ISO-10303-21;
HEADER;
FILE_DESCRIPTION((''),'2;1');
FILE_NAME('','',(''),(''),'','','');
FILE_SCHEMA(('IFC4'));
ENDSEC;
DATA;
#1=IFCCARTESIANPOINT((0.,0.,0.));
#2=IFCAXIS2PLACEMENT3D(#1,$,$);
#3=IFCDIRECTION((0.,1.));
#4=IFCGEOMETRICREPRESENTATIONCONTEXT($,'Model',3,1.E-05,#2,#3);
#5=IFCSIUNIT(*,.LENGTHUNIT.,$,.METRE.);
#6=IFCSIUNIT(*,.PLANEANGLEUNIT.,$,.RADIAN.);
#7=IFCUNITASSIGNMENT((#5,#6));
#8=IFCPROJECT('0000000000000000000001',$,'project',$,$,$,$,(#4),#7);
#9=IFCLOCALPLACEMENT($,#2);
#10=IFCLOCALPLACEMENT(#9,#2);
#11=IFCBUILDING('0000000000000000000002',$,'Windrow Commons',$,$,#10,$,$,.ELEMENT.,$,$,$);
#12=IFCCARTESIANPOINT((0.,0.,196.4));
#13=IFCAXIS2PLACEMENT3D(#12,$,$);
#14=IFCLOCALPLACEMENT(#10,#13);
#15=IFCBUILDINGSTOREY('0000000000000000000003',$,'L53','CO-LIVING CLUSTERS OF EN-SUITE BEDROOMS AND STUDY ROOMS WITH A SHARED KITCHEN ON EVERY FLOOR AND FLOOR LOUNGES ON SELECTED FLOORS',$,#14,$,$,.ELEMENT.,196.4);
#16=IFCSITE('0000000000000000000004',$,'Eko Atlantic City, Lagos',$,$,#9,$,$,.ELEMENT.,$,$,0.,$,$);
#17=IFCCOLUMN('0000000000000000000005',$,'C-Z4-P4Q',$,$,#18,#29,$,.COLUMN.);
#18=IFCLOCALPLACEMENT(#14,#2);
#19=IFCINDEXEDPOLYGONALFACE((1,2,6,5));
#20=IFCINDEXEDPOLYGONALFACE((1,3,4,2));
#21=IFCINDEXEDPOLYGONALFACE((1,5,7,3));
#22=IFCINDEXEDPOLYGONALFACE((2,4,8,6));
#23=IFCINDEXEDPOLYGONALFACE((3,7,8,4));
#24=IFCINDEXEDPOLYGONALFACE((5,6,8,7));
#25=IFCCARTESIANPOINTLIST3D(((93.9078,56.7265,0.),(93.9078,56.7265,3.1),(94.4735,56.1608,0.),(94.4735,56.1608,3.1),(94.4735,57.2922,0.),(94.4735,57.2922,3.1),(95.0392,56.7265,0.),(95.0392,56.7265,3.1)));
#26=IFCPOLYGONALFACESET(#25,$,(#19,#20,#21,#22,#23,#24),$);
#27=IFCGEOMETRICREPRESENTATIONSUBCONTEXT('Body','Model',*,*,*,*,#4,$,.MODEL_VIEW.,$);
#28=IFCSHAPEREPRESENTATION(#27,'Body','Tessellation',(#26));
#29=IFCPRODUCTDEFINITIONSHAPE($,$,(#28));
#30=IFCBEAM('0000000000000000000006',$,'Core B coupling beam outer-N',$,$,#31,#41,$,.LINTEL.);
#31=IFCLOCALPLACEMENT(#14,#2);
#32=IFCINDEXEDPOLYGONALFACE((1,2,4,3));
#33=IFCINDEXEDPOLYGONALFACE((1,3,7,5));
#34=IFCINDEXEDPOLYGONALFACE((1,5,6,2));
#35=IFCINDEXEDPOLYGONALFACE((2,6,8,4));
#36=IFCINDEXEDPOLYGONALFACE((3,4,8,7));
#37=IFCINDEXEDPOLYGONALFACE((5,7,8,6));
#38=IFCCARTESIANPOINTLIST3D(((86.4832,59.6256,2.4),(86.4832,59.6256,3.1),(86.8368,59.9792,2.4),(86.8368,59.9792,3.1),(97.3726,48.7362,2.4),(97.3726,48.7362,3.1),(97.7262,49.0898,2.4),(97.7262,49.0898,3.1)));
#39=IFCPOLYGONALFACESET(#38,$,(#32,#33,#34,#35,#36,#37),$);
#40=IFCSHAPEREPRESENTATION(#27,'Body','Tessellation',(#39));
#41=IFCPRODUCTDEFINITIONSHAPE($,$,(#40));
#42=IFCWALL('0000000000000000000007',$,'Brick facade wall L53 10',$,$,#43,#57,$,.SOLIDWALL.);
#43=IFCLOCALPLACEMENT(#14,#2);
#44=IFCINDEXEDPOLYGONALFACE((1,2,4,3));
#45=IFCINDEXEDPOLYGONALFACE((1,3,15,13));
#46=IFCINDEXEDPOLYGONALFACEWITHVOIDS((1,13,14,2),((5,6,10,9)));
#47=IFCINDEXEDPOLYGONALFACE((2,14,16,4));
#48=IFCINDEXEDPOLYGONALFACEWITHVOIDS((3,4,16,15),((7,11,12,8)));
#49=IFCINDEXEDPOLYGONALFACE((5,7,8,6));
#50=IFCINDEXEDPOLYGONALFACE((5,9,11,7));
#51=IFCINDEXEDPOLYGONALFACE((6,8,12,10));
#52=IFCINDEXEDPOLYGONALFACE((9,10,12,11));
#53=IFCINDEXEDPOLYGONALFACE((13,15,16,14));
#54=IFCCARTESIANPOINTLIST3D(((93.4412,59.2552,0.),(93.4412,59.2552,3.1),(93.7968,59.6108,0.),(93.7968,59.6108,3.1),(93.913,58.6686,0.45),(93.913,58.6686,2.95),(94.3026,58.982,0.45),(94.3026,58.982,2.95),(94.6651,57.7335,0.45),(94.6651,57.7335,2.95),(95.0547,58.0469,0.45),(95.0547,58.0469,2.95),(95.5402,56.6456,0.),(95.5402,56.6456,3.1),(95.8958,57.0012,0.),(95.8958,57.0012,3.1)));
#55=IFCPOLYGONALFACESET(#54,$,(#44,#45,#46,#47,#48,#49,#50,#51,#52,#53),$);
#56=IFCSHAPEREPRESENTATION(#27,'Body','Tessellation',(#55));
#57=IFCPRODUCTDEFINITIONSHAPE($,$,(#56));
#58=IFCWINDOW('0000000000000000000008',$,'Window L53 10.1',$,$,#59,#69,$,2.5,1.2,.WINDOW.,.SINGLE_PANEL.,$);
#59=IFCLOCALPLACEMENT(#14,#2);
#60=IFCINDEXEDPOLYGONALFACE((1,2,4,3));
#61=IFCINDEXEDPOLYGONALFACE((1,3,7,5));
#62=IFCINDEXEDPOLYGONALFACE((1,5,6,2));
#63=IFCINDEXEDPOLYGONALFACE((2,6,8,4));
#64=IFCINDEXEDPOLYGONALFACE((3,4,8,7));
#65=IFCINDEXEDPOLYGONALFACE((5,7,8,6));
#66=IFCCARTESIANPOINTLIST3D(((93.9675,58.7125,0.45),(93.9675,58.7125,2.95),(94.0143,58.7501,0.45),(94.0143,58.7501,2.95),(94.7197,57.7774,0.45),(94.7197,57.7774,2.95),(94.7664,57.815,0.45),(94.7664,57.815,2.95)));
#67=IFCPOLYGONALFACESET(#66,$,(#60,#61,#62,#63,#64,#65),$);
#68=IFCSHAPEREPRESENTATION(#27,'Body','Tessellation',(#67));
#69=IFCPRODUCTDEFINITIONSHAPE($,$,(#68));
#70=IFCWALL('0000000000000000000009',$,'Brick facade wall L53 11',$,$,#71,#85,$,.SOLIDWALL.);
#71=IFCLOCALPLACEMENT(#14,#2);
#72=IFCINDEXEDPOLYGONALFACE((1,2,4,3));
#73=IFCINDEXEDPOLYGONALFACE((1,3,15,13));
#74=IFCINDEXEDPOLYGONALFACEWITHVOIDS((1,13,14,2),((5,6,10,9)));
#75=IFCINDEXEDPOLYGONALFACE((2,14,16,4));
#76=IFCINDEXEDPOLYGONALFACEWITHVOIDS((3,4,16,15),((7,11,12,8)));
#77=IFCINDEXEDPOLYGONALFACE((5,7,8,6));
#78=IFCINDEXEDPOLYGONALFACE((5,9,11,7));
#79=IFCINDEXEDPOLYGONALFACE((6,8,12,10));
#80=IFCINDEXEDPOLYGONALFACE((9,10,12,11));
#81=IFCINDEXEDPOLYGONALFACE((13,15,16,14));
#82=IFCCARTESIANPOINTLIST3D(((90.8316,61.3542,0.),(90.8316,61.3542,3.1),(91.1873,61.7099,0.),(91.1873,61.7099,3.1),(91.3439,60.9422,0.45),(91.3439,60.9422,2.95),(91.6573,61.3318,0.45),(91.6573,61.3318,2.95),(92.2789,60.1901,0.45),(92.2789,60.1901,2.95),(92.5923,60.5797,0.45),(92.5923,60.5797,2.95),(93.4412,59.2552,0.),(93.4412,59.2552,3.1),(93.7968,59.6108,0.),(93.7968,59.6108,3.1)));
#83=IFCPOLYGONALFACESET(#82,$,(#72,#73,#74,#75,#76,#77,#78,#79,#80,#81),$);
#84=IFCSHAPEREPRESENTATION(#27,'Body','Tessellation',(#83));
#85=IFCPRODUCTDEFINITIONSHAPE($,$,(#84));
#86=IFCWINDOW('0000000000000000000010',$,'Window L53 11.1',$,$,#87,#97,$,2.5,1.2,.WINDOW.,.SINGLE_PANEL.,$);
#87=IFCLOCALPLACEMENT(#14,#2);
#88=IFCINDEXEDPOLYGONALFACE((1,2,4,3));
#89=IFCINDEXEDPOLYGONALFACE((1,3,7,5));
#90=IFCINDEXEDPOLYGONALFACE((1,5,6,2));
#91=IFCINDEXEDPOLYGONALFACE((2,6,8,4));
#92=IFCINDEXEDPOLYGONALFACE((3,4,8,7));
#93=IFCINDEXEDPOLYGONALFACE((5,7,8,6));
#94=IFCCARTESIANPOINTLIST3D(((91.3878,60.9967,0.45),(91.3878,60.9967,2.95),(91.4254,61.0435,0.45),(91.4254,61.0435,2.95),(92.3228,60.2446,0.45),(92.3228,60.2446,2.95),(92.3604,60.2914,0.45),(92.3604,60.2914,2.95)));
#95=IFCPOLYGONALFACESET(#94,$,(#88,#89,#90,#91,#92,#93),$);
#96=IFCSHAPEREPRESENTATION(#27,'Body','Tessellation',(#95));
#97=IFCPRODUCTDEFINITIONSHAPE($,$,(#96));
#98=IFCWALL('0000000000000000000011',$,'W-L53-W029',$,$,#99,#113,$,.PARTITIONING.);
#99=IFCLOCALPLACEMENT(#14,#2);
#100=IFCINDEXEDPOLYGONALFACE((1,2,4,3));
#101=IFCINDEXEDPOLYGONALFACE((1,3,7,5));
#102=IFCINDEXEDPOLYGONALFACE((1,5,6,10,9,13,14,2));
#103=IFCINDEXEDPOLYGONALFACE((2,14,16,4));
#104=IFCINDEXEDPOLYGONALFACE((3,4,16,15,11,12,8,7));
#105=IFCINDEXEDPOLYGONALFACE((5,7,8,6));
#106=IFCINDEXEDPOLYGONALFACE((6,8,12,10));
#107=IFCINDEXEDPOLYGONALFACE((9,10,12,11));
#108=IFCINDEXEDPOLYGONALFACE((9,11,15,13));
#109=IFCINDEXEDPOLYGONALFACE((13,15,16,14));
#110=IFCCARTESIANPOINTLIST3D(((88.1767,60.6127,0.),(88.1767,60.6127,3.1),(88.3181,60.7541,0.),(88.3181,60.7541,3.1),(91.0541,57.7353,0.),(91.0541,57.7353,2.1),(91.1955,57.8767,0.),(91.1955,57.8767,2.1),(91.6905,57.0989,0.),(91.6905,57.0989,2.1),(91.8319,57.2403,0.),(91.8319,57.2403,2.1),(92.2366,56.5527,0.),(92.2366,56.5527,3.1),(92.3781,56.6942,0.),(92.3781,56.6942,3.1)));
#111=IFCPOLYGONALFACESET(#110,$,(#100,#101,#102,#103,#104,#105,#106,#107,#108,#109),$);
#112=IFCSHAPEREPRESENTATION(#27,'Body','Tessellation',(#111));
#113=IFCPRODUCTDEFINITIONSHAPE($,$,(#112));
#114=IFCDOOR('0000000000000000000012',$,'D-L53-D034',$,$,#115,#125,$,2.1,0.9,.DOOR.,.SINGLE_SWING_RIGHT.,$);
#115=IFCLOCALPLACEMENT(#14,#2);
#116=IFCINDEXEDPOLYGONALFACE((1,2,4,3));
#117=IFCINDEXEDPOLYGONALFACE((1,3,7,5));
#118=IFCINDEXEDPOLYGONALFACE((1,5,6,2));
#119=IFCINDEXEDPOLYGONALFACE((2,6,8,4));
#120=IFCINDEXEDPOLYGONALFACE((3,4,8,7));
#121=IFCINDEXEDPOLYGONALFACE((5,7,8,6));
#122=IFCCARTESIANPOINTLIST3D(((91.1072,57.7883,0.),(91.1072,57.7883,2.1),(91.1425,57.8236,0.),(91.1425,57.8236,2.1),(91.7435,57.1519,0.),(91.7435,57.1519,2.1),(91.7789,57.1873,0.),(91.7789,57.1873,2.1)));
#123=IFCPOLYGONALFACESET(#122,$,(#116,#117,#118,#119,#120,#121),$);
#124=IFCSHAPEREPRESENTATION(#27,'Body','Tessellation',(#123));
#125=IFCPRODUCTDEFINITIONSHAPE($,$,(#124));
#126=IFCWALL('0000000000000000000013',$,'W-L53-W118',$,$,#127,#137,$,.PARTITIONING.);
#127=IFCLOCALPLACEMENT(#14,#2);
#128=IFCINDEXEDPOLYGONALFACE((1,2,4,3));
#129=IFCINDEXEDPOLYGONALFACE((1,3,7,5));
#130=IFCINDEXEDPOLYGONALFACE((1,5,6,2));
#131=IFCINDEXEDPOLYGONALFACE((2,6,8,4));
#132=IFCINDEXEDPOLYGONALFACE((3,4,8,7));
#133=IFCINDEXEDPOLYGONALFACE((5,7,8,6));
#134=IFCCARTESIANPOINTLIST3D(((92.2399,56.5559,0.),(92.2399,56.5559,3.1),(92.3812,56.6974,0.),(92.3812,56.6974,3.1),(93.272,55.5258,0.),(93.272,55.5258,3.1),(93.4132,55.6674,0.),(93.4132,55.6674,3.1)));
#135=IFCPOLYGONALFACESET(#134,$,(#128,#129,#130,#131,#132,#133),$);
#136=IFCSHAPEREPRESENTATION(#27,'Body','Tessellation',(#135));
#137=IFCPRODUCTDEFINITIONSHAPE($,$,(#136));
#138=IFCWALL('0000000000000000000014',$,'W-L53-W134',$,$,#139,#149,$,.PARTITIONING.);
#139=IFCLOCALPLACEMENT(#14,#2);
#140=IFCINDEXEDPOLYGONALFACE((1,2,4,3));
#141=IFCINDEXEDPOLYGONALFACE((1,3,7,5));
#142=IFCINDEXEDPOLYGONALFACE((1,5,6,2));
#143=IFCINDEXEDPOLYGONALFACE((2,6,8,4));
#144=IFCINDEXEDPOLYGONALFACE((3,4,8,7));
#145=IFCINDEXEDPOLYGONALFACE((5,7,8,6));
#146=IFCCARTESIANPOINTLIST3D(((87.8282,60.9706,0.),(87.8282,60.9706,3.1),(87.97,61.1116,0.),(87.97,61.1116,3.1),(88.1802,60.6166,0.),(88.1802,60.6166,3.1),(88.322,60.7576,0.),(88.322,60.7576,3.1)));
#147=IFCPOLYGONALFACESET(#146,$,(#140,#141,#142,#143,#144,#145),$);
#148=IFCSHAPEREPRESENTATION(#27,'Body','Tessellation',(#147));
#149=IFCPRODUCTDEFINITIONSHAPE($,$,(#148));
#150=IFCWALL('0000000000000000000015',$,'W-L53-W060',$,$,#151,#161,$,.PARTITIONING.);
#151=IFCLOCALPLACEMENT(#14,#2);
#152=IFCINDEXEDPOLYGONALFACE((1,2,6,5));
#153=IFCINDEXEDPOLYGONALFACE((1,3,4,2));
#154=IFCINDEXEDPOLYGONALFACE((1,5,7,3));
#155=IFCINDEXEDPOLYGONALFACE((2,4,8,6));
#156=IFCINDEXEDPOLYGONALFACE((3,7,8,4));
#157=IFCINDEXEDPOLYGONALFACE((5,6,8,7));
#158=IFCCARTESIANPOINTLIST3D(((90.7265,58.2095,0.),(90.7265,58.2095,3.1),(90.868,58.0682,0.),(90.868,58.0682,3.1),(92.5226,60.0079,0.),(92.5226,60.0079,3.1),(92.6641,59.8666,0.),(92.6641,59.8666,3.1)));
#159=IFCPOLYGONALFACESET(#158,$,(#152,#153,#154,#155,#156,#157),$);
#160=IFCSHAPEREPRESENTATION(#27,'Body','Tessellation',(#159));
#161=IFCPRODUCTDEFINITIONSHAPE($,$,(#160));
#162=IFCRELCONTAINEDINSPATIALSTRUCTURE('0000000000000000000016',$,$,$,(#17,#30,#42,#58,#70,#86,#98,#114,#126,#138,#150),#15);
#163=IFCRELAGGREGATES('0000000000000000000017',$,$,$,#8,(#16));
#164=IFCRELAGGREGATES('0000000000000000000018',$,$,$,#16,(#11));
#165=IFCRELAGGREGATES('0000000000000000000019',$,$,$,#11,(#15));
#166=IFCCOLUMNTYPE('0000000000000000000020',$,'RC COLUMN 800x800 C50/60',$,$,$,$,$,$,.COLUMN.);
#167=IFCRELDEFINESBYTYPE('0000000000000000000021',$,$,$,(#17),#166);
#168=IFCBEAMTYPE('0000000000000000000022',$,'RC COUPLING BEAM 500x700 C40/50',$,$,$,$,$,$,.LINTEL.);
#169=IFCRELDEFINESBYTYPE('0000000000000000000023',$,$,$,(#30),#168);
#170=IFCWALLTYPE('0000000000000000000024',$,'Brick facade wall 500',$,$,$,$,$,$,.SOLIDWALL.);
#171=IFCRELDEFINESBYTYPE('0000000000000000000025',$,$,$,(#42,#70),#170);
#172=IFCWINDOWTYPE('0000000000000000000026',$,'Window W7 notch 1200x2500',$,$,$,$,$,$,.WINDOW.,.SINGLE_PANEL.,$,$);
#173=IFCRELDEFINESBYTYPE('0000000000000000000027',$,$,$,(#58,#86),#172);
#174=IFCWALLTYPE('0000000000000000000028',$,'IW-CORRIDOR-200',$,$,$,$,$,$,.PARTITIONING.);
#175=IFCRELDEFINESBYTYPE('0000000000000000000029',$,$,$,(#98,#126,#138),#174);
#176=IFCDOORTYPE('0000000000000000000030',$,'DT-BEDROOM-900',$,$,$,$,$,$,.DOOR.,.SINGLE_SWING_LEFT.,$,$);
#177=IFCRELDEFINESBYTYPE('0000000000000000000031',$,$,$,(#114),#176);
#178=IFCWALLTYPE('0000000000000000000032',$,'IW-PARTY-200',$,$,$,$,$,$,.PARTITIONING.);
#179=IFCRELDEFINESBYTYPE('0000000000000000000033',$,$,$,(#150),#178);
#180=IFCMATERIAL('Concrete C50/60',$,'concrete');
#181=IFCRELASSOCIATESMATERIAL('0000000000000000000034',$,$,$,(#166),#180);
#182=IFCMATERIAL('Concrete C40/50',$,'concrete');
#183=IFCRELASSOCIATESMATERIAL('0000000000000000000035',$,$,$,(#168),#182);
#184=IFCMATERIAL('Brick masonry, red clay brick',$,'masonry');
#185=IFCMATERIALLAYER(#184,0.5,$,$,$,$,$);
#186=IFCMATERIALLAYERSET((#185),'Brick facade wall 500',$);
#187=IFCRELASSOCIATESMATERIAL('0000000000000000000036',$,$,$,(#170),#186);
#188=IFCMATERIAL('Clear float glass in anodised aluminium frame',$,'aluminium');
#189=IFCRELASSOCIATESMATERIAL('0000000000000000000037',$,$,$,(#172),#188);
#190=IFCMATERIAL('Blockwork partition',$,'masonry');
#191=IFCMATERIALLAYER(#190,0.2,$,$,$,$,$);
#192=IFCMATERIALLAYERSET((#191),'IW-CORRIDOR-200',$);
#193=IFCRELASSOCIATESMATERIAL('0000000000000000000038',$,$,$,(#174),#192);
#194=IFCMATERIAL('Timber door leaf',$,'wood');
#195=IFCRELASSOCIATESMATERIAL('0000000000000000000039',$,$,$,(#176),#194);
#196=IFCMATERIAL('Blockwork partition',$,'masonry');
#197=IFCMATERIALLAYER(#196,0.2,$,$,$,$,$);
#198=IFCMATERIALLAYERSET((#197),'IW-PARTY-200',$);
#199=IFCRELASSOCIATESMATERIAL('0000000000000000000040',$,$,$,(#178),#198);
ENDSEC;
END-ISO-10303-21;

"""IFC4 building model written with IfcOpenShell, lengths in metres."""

from ifc_helpers import new_model, si_unit, direction, frame, frame_2d, origin, origin_2d, place, context, subcontext, project, spatial, polyline, rectangle, outline, extrude, material, layer, layer_set, material_profile, profile_set, type_object, element, fill, save


model = new_model("IFC4")

# Units and contexts
model_context = context("Model", 3, precision=1e-05, world=origin(), true_north=direction((0.0, 1.0)))
body_context = subcontext(model_context, "Body", "Model", "MODEL_VIEW")
ifc_project = project(units=[si_unit("LENGTHUNIT", "METRE"), si_unit("PLANEANGLEUNIT", "RADIAN")], contexts=[model_context])

# Site, building, storey
site_placement = place(None, origin())
site = spatial("IfcSite", under=ifc_project, at=site_placement, Name="Eko Atlantic City, Lagos", CompositionType="ELEMENT", RefElevation=0.0)
building_placement = place(site_placement, origin())
building = spatial("IfcBuilding", under=site, at=building_placement, Name="Windrow Commons", CompositionType="ELEMENT")
storey_placement = place(building_placement, frame((0.0, 0.0, 196.4)))
storey = spatial("IfcBuildingStorey", under=building, at=storey_placement, Name="L53", Description="CO-LIVING CLUSTERS OF EN-SUITE BEDROOMS AND STUDY ROOMS WITH A SHARED KITCHEN ON EVERY FLOOR AND FLOOR LOUNGES ON SELECTED FLOORS", CompositionType="ELEMENT", Elevation=196.4)

# Column
ifc_material_1 = material(Name="Concrete C50/60", Category="concrete")
ifc_material_profile_1 = material_profile(ifc_material_1, rectangle(XDim=0.8, YDim=0.8, at=origin_2d()))
ifc_profile_set_1 = profile_set([ifc_material_profile_1], Name="Concrete C50/60")
column_type = type_object("IfcColumnType", Name="RC COLUMN 800x800 C50/60", PredefinedType="COLUMN", material=ifc_profile_set_1)
column_placement = place(storey_placement, frame((94.4735, 56.7265, 0.0), z_axis=(0.0, 0.0, 1.0), x_axis=(0.707107, -0.707107, 0.0)))
element("IfcColumn", 1, at=column_placement, inside=storey, type_object=column_type, Name="C-Z4-P4Q", PredefinedType="COLUMN", context=body_context, shape_type="SweptSolid", body=[
    extrude(rectangle(XDim=0.8, YDim=0.8, at=origin_2d()), origin(), (0.0, 0.0, 1.0), 3.1),
])

# Beam
ifc_material_2 = material(Name="Concrete C40/50", Category="concrete")
ifc_material_profile_2 = material_profile(ifc_material_2, rectangle(XDim=0.5, YDim=0.7, at=origin_2d()))
ifc_profile_set_2 = profile_set([ifc_material_profile_2], Name="Concrete C40/50")
beam_type = type_object("IfcBeamType", Name="RC COUPLING BEAM 500x700 C40/50", PredefinedType="LINTEL", material=ifc_profile_set_2)
beam_placement = place(storey_placement, frame((86.66, 59.8024, 2.75), z_axis=(0.707107, -0.707107, 0.0), x_axis=(0.707107, 0.707107, 0.0)))
element("IfcBeam", 2, at=beam_placement, inside=storey, type_object=beam_type, Name="Core B coupling beam outer-N", PredefinedType="LINTEL", context=body_context, shape_type="SweptSolid", body=[
    extrude(rectangle(XDim=0.5, YDim=0.7, at=origin_2d()), origin(), (0.0, 0.0, 1.0), 15.3999),
])

# Walls, openings, windows
ifc_material_3 = material(Name="Brick masonry, red clay brick", Category="masonry")
ifc_layer_1 = layer(ifc_material_3, 0.5)
ifc_layer_set_1 = layer_set([ifc_layer_1], Name="Brick facade wall 500")
wall_type_1 = type_object("IfcWallType", Name="Brick facade wall 500", PredefinedType="SOLIDWALL", material=ifc_layer_set_1)
wall_1_placement = place(storey_placement, frame((95.718, 56.8234, 0.0), z_axis=(0.0, 0.0, 1.0), x_axis=(-0.626754, 0.779217, 0.0)))
wall_1 = element("IfcWall", 3, at=wall_1_placement, inside=storey, type_object=wall_type_1, Name="Brick facade wall L53 10", PredefinedType="SOLIDWALL", context=body_context, shape_type="SweptSolid", body=[
    extrude(outline(polyline([(0.0271, -0.25), (3.3761, -0.25), (3.3219, 0.25), (-0.0271, 0.25), (0.0271, -0.25)])), origin(), (0.0, 0.0, 1.0), 3.1),
])
opening_1_placement = place(wall_1_placement, frame((1.3691, 0.0, 0.45)))
opening_1 = element("IfcOpeningElement", 4, at=opening_1_placement, cuts=wall_1, PredefinedType="OPENING", context=body_context, shape_type="SweptSolid", body=[
    extrude(rectangle(XDim=1.2, YDim=2.5, at=frame_2d((0.6, 1.25))), frame((0.0, 0.26, 0.0), z_axis=(0.0, -1.0, 0.0), x_axis=(1.0, 0.0, 0.0)), (0.0, 0.0, 1.0), 0.52),
])
ifc_material_4 = material(Name="Clear float glass in anodised aluminium frame", Category="aluminium")
window_type = type_object("IfcWindowType", Name="Window W7 notch 1200x2500", PartitioningType="SINGLE_PANEL", PredefinedType="WINDOW", material=ifc_material_4)
window_1_placement = place(opening_1_placement, origin())
window_1 = element("IfcWindow", 5, at=window_1_placement, inside=storey, type_object=window_type, Name="Window L53 10.1", OverallHeight=2.5, OverallWidth=1.2, PartitioningType="SINGLE_PANEL", PredefinedType="WINDOW", context=body_context, shape_type="SweptSolid", body=[
    extrude(rectangle(XDim=1.2, YDim=2.5, at=frame_2d((0.6, 1.25))), frame((0.0, 0.18, 0.0), z_axis=(0.0, -1.0, 0.0), x_axis=(1.0, 0.0, 0.0)), (0.0, 0.0, 1.0), 0.06),
])
fill(opening_1, window_1)
wall_2_placement = place(storey_placement, frame((93.619, 59.433, 0.0), z_axis=(0.0, 0.0, 1.0), x_axis=(-0.779203, 0.626772, 0.0)))
wall_2 = element("IfcWall", 6, at=wall_2_placement, inside=storey, type_object=wall_type_1, Name="Brick facade wall L53 11", PredefinedType="SOLIDWALL", context=body_context, shape_type="SweptSolid", body=[
    extrude(outline(polyline([(-0.0271, -0.25), (3.3219, -0.25), (3.3761, 0.25), (0.0271, 0.25), (-0.0271, -0.25)])), origin(), (0.0, 0.0, 1.0), 3.1),
])
opening_2_placement = place(wall_2_placement, frame((1.5187, 0.0, 0.45)))
opening_2 = element("IfcOpeningElement", 7, at=opening_2_placement, cuts=wall_2, PredefinedType="OPENING", context=body_context, shape_type="SweptSolid", body=[
    extrude(rectangle(XDim=1.2, YDim=2.5, at=frame_2d((0.6, 1.25))), frame((0.0, 0.26, 0.0), z_axis=(0.0, -1.0, 0.0), x_axis=(1.0, 0.0, 0.0)), (0.0, 0.0, 1.0), 0.52),
])
window_2_placement = place(opening_2_placement, origin())
window_2 = element("IfcWindow", 8, at=window_2_placement, inside=storey, type_object=window_type, Name="Window L53 11.1", OverallHeight=2.5, OverallWidth=1.2, PartitioningType="SINGLE_PANEL", PredefinedType="WINDOW", context=body_context, shape_type="SweptSolid", body=[
    extrude(rectangle(XDim=1.2, YDim=2.5, at=frame_2d((0.6, 1.25))), frame((0.0, 0.18, 0.0), z_axis=(0.0, -1.0, 0.0), x_axis=(1.0, 0.0, 0.0)), (0.0, 0.0, 1.0), 0.06),
])
fill(opening_2, window_2)

# Wall, opening, door
ifc_material_5 = material(Name="Blockwork partition", Category="masonry")
ifc_layer_2 = layer(ifc_material_5, 0.2)
ifc_layer_set_2 = layer_set([ifc_layer_2], Name="IW-CORRIDOR-200")
wall_type_2 = type_object("IfcWallType", Name="IW-CORRIDOR-200", PredefinedType="PARTITIONING", material=ifc_layer_set_2)
wall_3_placement = place(storey_placement, frame((88.2474, 60.6834, 0.0), z_axis=(0.0, 0.0, 1.0), x_axis=(0.707107, -0.707107, 0.0)))
wall_3 = element("IfcWall", 9, at=wall_3_placement, inside=storey, type_object=wall_type_2, Name="W-L53-W029", PredefinedType="PARTITIONING", context=body_context, shape_type="SweptSolid", body=[
    extrude(rectangle(XDim=5.7417, YDim=0.2, at=frame_2d((2.8708, 0.0))), origin(), (0.0, 0.0, 1.0), 3.1),
])
opening_3_placement = place(wall_3_placement, frame((4.0693, 0.0, 0.0)))
opening_3 = element("IfcOpeningElement", 10, at=opening_3_placement, cuts=wall_3, PredefinedType="OPENING", context=body_context, shape_type="SweptSolid", body=[
    extrude(rectangle(XDim=0.9, YDim=2.1, at=frame_2d((0.45, 1.05))), frame((0.0, 0.11, 0.0), z_axis=(0.0, -1.0, 0.0), x_axis=(1.0, 0.0, 0.0)), (0.0, 0.0, 1.0), 0.22),
])
ifc_material_6 = material(Name="Timber door leaf", Category="wood")
door_type_1 = type_object("IfcDoorType", Name="DT-BEDROOM-900", OperationType="SINGLE_SWING_LEFT", PredefinedType="DOOR", material=ifc_material_6)
door_1_placement = place(opening_3_placement, origin())
door_1 = element("IfcDoor", 11, at=door_1_placement, inside=storey, type_object=door_type_1, Name="D-L53-D034", OperationType="SINGLE_SWING_RIGHT", OverallHeight=2.1, OverallWidth=0.9, PredefinedType="DOOR", context=body_context, shape_type="SweptSolid", body=[
    extrude(rectangle(XDim=0.9, YDim=2.1, at=frame_2d((0.45, 1.05))), frame((0.0, 0.025, 0.0), z_axis=(0.0, -1.0, 0.0), x_axis=(1.0, 0.0, 0.0)), (0.0, 0.0, 1.0), 0.05),
])
fill(opening_3, door_1)

# Walls
wall_4_placement = place(storey_placement, frame((92.3106, 56.6266, 0.0), z_axis=(0.0, 0.0, 1.0), x_axis=(0.707792, -0.706421, 0.0)))
element("IfcWall", 12, at=wall_4_placement, inside=storey, type_object=wall_type_2, Name="W-L53-W118", PredefinedType="PARTITIONING", context=body_context, shape_type="SweptSolid", body=[
    extrude(rectangle(XDim=1.4581, YDim=0.2, at=frame_2d((0.729, 0.0))), origin(), (0.0, 0.0, 1.0), 3.1),
])
wall_5_placement = place(storey_placement, frame((87.8991, 61.0411, 0.0), z_axis=(0.0, 0.0, 1.0), x_axis=(0.705101, -0.709107, 0.0)))
element("IfcWall", 13, at=wall_5_placement, inside=storey, type_object=wall_type_2, Name="W-L53-W134", PredefinedType="PARTITIONING", context=body_context, shape_type="SweptSolid", body=[
    extrude(rectangle(XDim=0.4992, YDim=0.2, at=frame_2d((0.2496, 0.0))), origin(), (0.0, 0.0, 1.0), 3.1),
])
ifc_material_7 = material(Name="Blockwork partition", Category="masonry")
ifc_layer_3 = layer(ifc_material_7, 0.2)
ifc_layer_set_3 = layer_set([ifc_layer_3], Name="IW-PARTY-200")
wall_type_3 = type_object("IfcWallType", Name="IW-PARTY-200", PredefinedType="PARTITIONING", material=ifc_layer_set_3)
wall_6_placement = place(storey_placement, frame((90.7972, 58.1388, 0.0), z_axis=(0.0, 0.0, 1.0), x_axis=(0.706654, 0.707559, 0.0)))
element("IfcWall", 14, at=wall_6_placement, inside=storey, type_object=wall_type_3, Name="W-L53-W060", PredefinedType="PARTITIONING", context=body_context, shape_type="SweptSolid", body=[
    extrude(rectangle(XDim=2.5417, YDim=0.2, at=frame_2d((1.2709, 0.0))), origin(), (0.0, 0.0, 1.0), 3.1),
])

save(model, "model.ifc")
